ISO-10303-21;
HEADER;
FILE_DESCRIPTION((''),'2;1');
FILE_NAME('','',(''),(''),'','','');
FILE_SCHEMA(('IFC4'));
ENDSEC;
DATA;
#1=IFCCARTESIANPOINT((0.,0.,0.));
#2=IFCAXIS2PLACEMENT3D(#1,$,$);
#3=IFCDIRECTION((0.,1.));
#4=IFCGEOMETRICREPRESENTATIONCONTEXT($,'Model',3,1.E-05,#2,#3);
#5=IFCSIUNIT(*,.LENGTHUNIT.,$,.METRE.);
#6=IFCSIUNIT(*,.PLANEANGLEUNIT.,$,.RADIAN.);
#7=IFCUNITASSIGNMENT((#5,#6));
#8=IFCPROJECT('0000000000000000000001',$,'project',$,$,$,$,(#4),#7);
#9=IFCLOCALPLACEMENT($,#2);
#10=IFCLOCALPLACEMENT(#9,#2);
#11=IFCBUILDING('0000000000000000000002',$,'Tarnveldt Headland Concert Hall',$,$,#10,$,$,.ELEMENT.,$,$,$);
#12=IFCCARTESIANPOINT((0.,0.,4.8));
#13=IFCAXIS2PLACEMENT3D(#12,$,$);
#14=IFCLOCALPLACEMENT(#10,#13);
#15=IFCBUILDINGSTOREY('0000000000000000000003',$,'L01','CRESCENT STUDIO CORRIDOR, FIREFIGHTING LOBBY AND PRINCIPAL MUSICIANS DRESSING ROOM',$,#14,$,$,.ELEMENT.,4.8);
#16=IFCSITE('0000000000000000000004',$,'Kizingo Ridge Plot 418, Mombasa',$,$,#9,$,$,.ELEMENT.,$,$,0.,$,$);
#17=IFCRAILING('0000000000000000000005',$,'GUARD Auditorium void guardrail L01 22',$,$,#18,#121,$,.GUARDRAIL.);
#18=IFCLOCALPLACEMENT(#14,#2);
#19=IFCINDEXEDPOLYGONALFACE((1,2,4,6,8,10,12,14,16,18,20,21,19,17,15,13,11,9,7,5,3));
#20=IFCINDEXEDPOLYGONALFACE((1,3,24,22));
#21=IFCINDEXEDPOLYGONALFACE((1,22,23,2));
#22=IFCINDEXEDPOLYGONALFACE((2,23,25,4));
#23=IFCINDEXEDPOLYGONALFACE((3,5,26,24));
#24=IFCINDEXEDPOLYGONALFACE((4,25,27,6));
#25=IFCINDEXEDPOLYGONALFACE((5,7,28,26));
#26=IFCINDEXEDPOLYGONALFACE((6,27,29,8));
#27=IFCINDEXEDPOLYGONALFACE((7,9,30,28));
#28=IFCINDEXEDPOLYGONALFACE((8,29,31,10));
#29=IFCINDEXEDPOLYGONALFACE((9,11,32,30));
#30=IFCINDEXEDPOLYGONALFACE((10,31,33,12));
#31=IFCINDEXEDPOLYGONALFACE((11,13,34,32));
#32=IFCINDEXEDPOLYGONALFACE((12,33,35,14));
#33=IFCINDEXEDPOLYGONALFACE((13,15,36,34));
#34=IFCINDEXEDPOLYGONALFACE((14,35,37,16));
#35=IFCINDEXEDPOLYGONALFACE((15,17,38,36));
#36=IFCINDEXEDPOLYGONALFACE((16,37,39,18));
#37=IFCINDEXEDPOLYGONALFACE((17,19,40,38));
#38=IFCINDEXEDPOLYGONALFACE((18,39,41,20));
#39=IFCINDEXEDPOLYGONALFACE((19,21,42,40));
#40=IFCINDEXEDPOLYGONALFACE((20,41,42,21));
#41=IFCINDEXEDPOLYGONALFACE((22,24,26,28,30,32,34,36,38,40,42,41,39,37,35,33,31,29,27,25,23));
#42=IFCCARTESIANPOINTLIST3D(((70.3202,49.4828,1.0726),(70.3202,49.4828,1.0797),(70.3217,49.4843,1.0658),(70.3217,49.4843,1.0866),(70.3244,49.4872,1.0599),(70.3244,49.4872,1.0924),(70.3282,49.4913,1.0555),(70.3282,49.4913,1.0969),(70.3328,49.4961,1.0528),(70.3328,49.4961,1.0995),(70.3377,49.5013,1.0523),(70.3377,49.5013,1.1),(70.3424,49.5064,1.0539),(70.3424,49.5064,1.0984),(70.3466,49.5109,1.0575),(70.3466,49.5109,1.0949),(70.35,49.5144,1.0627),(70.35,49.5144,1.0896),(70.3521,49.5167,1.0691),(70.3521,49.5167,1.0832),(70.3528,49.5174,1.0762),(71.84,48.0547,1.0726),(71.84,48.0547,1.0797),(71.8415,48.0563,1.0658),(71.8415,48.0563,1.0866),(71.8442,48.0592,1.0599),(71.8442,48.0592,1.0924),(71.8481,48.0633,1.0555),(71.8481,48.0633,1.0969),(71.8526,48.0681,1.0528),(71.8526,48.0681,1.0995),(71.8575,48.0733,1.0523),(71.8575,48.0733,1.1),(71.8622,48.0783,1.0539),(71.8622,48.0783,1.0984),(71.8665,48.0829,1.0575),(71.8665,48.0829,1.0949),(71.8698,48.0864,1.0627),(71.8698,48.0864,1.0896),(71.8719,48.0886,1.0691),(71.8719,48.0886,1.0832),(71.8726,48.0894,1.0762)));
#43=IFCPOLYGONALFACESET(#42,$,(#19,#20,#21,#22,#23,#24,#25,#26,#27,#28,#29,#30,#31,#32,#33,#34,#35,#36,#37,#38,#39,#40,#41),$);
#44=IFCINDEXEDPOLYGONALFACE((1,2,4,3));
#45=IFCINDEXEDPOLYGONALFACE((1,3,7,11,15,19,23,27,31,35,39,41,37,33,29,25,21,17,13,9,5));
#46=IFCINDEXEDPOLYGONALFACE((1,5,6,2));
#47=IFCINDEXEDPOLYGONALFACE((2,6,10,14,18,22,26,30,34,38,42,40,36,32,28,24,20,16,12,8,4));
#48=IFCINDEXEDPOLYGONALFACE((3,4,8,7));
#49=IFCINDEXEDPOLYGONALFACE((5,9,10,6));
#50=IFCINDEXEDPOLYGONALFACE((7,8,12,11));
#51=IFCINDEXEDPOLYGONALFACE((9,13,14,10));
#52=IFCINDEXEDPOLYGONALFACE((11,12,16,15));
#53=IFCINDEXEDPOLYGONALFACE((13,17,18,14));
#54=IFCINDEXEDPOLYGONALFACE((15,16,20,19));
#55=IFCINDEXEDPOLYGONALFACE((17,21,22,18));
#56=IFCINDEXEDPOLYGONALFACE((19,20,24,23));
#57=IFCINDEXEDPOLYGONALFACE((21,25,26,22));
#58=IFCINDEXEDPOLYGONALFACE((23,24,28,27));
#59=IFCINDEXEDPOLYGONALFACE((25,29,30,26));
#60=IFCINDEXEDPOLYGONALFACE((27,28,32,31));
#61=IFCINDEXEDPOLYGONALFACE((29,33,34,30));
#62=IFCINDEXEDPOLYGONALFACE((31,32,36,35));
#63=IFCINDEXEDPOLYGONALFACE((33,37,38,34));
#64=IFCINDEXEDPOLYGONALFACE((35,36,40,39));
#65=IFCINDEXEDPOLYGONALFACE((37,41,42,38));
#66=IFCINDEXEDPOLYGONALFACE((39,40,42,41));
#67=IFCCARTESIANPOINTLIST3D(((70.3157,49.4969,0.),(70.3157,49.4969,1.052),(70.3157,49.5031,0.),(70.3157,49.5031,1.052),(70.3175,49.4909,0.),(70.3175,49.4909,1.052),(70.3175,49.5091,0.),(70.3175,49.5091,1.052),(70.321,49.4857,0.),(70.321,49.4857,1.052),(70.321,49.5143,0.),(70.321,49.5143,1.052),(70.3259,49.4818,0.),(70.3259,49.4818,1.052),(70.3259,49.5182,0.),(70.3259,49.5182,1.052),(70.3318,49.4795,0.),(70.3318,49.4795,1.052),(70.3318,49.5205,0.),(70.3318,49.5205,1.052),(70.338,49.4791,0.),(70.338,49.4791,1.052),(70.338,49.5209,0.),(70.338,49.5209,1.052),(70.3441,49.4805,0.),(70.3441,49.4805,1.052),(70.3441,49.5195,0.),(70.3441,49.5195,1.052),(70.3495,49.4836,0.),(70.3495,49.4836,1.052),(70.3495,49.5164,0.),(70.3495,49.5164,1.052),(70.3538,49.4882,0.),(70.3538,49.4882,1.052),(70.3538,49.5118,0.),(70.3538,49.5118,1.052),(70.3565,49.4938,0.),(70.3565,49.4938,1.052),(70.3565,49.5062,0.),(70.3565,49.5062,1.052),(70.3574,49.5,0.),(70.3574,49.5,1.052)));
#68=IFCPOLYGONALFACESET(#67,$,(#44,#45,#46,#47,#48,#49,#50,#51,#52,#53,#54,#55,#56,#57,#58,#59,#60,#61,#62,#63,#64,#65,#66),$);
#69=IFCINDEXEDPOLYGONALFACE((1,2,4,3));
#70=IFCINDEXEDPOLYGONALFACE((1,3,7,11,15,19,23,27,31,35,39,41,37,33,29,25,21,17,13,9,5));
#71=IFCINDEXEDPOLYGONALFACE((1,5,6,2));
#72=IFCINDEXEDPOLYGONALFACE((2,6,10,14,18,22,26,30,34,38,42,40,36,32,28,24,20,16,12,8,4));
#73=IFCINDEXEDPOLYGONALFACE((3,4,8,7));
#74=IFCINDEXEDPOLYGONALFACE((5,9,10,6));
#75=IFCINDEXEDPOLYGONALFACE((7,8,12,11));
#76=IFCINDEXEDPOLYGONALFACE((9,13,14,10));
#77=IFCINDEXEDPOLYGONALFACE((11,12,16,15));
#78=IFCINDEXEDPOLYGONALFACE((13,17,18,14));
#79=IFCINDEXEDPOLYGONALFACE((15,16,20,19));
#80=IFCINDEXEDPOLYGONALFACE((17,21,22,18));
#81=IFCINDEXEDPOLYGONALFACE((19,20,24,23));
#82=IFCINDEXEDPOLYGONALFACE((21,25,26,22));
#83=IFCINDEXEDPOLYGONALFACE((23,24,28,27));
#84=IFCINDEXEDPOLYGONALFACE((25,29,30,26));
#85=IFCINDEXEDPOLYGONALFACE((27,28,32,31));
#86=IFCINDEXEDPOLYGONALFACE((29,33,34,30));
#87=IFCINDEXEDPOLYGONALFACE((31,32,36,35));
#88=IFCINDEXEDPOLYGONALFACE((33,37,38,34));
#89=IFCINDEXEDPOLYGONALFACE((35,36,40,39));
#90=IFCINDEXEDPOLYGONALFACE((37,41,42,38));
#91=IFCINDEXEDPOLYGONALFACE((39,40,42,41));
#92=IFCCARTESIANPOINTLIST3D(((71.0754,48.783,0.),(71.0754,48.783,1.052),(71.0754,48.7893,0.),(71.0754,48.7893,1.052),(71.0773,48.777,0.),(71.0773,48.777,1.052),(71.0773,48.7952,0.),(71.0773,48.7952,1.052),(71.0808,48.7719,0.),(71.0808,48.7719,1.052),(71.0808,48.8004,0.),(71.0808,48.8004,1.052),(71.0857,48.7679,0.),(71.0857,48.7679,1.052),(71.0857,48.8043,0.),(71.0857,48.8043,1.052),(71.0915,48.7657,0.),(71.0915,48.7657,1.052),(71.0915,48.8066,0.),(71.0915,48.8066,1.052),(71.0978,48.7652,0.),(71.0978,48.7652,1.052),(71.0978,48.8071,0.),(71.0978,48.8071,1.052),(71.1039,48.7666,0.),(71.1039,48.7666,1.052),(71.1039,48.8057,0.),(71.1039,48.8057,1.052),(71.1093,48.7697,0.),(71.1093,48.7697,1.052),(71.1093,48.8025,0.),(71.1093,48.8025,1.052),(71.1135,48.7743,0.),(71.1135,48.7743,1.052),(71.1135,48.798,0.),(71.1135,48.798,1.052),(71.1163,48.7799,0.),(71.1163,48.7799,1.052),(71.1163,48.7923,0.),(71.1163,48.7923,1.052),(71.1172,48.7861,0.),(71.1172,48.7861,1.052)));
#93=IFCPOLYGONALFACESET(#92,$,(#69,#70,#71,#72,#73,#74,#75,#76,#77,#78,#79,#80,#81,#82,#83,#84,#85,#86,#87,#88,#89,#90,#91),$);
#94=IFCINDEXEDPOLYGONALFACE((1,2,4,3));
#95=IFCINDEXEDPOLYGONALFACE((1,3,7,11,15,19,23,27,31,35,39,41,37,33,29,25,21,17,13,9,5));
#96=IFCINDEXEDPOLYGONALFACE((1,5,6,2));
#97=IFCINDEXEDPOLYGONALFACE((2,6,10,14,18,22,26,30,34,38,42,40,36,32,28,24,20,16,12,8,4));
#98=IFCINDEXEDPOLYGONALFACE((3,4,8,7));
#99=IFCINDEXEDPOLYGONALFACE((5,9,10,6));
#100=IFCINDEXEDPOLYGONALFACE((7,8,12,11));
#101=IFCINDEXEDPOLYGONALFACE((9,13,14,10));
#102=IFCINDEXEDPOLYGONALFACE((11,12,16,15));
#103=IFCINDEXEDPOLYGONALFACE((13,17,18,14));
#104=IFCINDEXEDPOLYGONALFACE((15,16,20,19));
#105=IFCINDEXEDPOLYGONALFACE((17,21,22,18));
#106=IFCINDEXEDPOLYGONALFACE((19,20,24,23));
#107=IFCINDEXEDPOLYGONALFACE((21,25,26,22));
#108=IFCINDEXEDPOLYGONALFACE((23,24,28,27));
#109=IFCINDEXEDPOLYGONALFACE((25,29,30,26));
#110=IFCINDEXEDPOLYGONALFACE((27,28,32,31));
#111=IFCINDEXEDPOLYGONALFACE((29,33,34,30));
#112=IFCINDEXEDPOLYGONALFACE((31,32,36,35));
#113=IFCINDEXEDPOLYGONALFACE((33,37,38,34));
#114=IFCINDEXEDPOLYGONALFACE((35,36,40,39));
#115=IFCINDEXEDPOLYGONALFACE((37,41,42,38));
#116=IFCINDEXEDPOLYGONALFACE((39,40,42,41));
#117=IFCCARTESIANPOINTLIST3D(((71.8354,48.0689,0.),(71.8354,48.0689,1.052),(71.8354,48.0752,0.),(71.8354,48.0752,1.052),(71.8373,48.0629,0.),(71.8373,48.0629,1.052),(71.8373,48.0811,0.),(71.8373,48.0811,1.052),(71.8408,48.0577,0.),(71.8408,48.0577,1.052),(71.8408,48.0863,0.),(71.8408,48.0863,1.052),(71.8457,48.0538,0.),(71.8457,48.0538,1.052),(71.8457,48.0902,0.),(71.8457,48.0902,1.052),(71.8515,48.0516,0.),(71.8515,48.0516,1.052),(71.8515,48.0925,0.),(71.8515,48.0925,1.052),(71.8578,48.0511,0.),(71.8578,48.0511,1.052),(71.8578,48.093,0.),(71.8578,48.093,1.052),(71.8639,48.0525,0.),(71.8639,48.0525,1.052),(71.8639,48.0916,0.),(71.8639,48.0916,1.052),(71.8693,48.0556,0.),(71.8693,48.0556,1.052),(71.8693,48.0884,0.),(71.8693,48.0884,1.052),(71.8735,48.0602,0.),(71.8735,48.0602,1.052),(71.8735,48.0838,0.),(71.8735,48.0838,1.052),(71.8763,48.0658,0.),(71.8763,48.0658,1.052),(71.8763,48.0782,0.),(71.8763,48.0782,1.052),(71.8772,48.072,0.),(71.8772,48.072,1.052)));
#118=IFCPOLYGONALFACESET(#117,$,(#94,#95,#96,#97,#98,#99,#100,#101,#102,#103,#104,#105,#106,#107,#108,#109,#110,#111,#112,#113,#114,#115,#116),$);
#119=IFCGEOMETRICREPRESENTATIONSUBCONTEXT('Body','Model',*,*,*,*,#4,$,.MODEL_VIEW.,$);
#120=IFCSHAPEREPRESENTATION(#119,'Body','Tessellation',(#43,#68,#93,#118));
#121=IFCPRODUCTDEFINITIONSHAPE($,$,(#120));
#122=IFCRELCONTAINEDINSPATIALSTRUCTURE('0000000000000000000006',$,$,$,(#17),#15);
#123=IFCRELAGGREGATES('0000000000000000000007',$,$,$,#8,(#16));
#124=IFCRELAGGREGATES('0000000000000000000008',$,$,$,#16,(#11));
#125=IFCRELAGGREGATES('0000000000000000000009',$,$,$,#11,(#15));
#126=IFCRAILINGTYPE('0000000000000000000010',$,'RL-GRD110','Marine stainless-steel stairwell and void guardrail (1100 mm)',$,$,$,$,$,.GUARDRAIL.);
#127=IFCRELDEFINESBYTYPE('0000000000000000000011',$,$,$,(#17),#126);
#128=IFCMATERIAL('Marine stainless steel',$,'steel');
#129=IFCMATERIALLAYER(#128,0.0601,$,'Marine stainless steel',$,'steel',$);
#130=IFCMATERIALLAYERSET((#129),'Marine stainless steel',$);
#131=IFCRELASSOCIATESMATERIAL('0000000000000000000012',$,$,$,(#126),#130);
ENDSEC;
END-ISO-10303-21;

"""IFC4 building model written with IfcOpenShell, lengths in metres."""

from ifc_helpers import new_model, si_unit, direction, frame, origin, origin_2d, place, context, subcontext, project, spatial, circle, extrude, material, layer, layer_set, type_object, element, save


model = new_model("IFC4")

# Units and contexts
model_context = context("Model", 3, precision=1e-05, world=origin(), true_north=direction((0.0, 1.0)))
body_context = subcontext(model_context, "Body", "Model", "MODEL_VIEW")
ifc_project = project(units=[si_unit("LENGTHUNIT", "METRE"), si_unit("PLANEANGLEUNIT", "RADIAN")], contexts=[model_context])

# Site, building, storey
site_placement = place(None, origin())
site = spatial("IfcSite", under=ifc_project, at=site_placement, Name="Kizingo Ridge Plot 418, Mombasa", CompositionType="ELEMENT", RefElevation=0.0)
building_placement = place(site_placement, origin())
building = spatial("IfcBuilding", under=site, at=building_placement, Name="Tarnveldt Headland Concert Hall", CompositionType="ELEMENT")
storey_placement = place(building_placement, frame((0.0, 0.0, 4.8)))
storey = spatial("IfcBuildingStorey", under=building, at=storey_placement, Name="L01", Description="CRESCENT STUDIO CORRIDOR, FIREFIGHTING LOBBY AND PRINCIPAL MUSICIANS DRESSING ROOM", CompositionType="ELEMENT", Elevation=4.8)

# Railing
ifc_material_1 = material(Name="Marine stainless steel", Category="steel")
ifc_layer_1 = layer(ifc_material_1, 0.0601, Name="Marine stainless steel", Category="steel")
ifc_layer_set_1 = layer_set([ifc_layer_1], Name="Marine stainless steel")
railing_type = type_object("IfcRailingType", Name="RL-GRD110", Description="Marine stainless-steel stairwell and void guardrail (1100 mm)", PredefinedType="GUARDRAIL", material=ifc_layer_set_1)
railing_1_placement = place(storey_placement, frame((70.3364, 49.5, 0.0)))
element("IfcRailing", 1, at=railing_1_placement, inside=storey, type_object=railing_type, Name="GUARD Auditorium void guardrail L01 22", PredefinedType="GUARDRAIL", context=body_context, shape_type="SweptSolid", body=[
    extrude(circle(Radius=0.0239, at=origin_2d()), frame((0.0, 0.0, 1.0762), z_axis=(0.728774, -0.684755, 0.0), x_axis=(0.684755, 0.728774, 0.0)), (0.0, 0.0, 1.0), 2.0854),
    extrude(circle(Radius=0.021, at=origin_2d()), origin(), (0.0, 0.0, 1.0), 1.052),
    extrude(circle(Radius=0.021, at=origin_2d()), frame((0.7598, -0.7139, 0.0)), (0.0, 0.0, 1.0), 1.052),
    extrude(circle(Radius=0.021, at=origin_2d()), frame((1.5198, -1.428, 0.0)), (0.0, 0.0, 1.0), 1.052),
])

save(model, "model.ifc")
